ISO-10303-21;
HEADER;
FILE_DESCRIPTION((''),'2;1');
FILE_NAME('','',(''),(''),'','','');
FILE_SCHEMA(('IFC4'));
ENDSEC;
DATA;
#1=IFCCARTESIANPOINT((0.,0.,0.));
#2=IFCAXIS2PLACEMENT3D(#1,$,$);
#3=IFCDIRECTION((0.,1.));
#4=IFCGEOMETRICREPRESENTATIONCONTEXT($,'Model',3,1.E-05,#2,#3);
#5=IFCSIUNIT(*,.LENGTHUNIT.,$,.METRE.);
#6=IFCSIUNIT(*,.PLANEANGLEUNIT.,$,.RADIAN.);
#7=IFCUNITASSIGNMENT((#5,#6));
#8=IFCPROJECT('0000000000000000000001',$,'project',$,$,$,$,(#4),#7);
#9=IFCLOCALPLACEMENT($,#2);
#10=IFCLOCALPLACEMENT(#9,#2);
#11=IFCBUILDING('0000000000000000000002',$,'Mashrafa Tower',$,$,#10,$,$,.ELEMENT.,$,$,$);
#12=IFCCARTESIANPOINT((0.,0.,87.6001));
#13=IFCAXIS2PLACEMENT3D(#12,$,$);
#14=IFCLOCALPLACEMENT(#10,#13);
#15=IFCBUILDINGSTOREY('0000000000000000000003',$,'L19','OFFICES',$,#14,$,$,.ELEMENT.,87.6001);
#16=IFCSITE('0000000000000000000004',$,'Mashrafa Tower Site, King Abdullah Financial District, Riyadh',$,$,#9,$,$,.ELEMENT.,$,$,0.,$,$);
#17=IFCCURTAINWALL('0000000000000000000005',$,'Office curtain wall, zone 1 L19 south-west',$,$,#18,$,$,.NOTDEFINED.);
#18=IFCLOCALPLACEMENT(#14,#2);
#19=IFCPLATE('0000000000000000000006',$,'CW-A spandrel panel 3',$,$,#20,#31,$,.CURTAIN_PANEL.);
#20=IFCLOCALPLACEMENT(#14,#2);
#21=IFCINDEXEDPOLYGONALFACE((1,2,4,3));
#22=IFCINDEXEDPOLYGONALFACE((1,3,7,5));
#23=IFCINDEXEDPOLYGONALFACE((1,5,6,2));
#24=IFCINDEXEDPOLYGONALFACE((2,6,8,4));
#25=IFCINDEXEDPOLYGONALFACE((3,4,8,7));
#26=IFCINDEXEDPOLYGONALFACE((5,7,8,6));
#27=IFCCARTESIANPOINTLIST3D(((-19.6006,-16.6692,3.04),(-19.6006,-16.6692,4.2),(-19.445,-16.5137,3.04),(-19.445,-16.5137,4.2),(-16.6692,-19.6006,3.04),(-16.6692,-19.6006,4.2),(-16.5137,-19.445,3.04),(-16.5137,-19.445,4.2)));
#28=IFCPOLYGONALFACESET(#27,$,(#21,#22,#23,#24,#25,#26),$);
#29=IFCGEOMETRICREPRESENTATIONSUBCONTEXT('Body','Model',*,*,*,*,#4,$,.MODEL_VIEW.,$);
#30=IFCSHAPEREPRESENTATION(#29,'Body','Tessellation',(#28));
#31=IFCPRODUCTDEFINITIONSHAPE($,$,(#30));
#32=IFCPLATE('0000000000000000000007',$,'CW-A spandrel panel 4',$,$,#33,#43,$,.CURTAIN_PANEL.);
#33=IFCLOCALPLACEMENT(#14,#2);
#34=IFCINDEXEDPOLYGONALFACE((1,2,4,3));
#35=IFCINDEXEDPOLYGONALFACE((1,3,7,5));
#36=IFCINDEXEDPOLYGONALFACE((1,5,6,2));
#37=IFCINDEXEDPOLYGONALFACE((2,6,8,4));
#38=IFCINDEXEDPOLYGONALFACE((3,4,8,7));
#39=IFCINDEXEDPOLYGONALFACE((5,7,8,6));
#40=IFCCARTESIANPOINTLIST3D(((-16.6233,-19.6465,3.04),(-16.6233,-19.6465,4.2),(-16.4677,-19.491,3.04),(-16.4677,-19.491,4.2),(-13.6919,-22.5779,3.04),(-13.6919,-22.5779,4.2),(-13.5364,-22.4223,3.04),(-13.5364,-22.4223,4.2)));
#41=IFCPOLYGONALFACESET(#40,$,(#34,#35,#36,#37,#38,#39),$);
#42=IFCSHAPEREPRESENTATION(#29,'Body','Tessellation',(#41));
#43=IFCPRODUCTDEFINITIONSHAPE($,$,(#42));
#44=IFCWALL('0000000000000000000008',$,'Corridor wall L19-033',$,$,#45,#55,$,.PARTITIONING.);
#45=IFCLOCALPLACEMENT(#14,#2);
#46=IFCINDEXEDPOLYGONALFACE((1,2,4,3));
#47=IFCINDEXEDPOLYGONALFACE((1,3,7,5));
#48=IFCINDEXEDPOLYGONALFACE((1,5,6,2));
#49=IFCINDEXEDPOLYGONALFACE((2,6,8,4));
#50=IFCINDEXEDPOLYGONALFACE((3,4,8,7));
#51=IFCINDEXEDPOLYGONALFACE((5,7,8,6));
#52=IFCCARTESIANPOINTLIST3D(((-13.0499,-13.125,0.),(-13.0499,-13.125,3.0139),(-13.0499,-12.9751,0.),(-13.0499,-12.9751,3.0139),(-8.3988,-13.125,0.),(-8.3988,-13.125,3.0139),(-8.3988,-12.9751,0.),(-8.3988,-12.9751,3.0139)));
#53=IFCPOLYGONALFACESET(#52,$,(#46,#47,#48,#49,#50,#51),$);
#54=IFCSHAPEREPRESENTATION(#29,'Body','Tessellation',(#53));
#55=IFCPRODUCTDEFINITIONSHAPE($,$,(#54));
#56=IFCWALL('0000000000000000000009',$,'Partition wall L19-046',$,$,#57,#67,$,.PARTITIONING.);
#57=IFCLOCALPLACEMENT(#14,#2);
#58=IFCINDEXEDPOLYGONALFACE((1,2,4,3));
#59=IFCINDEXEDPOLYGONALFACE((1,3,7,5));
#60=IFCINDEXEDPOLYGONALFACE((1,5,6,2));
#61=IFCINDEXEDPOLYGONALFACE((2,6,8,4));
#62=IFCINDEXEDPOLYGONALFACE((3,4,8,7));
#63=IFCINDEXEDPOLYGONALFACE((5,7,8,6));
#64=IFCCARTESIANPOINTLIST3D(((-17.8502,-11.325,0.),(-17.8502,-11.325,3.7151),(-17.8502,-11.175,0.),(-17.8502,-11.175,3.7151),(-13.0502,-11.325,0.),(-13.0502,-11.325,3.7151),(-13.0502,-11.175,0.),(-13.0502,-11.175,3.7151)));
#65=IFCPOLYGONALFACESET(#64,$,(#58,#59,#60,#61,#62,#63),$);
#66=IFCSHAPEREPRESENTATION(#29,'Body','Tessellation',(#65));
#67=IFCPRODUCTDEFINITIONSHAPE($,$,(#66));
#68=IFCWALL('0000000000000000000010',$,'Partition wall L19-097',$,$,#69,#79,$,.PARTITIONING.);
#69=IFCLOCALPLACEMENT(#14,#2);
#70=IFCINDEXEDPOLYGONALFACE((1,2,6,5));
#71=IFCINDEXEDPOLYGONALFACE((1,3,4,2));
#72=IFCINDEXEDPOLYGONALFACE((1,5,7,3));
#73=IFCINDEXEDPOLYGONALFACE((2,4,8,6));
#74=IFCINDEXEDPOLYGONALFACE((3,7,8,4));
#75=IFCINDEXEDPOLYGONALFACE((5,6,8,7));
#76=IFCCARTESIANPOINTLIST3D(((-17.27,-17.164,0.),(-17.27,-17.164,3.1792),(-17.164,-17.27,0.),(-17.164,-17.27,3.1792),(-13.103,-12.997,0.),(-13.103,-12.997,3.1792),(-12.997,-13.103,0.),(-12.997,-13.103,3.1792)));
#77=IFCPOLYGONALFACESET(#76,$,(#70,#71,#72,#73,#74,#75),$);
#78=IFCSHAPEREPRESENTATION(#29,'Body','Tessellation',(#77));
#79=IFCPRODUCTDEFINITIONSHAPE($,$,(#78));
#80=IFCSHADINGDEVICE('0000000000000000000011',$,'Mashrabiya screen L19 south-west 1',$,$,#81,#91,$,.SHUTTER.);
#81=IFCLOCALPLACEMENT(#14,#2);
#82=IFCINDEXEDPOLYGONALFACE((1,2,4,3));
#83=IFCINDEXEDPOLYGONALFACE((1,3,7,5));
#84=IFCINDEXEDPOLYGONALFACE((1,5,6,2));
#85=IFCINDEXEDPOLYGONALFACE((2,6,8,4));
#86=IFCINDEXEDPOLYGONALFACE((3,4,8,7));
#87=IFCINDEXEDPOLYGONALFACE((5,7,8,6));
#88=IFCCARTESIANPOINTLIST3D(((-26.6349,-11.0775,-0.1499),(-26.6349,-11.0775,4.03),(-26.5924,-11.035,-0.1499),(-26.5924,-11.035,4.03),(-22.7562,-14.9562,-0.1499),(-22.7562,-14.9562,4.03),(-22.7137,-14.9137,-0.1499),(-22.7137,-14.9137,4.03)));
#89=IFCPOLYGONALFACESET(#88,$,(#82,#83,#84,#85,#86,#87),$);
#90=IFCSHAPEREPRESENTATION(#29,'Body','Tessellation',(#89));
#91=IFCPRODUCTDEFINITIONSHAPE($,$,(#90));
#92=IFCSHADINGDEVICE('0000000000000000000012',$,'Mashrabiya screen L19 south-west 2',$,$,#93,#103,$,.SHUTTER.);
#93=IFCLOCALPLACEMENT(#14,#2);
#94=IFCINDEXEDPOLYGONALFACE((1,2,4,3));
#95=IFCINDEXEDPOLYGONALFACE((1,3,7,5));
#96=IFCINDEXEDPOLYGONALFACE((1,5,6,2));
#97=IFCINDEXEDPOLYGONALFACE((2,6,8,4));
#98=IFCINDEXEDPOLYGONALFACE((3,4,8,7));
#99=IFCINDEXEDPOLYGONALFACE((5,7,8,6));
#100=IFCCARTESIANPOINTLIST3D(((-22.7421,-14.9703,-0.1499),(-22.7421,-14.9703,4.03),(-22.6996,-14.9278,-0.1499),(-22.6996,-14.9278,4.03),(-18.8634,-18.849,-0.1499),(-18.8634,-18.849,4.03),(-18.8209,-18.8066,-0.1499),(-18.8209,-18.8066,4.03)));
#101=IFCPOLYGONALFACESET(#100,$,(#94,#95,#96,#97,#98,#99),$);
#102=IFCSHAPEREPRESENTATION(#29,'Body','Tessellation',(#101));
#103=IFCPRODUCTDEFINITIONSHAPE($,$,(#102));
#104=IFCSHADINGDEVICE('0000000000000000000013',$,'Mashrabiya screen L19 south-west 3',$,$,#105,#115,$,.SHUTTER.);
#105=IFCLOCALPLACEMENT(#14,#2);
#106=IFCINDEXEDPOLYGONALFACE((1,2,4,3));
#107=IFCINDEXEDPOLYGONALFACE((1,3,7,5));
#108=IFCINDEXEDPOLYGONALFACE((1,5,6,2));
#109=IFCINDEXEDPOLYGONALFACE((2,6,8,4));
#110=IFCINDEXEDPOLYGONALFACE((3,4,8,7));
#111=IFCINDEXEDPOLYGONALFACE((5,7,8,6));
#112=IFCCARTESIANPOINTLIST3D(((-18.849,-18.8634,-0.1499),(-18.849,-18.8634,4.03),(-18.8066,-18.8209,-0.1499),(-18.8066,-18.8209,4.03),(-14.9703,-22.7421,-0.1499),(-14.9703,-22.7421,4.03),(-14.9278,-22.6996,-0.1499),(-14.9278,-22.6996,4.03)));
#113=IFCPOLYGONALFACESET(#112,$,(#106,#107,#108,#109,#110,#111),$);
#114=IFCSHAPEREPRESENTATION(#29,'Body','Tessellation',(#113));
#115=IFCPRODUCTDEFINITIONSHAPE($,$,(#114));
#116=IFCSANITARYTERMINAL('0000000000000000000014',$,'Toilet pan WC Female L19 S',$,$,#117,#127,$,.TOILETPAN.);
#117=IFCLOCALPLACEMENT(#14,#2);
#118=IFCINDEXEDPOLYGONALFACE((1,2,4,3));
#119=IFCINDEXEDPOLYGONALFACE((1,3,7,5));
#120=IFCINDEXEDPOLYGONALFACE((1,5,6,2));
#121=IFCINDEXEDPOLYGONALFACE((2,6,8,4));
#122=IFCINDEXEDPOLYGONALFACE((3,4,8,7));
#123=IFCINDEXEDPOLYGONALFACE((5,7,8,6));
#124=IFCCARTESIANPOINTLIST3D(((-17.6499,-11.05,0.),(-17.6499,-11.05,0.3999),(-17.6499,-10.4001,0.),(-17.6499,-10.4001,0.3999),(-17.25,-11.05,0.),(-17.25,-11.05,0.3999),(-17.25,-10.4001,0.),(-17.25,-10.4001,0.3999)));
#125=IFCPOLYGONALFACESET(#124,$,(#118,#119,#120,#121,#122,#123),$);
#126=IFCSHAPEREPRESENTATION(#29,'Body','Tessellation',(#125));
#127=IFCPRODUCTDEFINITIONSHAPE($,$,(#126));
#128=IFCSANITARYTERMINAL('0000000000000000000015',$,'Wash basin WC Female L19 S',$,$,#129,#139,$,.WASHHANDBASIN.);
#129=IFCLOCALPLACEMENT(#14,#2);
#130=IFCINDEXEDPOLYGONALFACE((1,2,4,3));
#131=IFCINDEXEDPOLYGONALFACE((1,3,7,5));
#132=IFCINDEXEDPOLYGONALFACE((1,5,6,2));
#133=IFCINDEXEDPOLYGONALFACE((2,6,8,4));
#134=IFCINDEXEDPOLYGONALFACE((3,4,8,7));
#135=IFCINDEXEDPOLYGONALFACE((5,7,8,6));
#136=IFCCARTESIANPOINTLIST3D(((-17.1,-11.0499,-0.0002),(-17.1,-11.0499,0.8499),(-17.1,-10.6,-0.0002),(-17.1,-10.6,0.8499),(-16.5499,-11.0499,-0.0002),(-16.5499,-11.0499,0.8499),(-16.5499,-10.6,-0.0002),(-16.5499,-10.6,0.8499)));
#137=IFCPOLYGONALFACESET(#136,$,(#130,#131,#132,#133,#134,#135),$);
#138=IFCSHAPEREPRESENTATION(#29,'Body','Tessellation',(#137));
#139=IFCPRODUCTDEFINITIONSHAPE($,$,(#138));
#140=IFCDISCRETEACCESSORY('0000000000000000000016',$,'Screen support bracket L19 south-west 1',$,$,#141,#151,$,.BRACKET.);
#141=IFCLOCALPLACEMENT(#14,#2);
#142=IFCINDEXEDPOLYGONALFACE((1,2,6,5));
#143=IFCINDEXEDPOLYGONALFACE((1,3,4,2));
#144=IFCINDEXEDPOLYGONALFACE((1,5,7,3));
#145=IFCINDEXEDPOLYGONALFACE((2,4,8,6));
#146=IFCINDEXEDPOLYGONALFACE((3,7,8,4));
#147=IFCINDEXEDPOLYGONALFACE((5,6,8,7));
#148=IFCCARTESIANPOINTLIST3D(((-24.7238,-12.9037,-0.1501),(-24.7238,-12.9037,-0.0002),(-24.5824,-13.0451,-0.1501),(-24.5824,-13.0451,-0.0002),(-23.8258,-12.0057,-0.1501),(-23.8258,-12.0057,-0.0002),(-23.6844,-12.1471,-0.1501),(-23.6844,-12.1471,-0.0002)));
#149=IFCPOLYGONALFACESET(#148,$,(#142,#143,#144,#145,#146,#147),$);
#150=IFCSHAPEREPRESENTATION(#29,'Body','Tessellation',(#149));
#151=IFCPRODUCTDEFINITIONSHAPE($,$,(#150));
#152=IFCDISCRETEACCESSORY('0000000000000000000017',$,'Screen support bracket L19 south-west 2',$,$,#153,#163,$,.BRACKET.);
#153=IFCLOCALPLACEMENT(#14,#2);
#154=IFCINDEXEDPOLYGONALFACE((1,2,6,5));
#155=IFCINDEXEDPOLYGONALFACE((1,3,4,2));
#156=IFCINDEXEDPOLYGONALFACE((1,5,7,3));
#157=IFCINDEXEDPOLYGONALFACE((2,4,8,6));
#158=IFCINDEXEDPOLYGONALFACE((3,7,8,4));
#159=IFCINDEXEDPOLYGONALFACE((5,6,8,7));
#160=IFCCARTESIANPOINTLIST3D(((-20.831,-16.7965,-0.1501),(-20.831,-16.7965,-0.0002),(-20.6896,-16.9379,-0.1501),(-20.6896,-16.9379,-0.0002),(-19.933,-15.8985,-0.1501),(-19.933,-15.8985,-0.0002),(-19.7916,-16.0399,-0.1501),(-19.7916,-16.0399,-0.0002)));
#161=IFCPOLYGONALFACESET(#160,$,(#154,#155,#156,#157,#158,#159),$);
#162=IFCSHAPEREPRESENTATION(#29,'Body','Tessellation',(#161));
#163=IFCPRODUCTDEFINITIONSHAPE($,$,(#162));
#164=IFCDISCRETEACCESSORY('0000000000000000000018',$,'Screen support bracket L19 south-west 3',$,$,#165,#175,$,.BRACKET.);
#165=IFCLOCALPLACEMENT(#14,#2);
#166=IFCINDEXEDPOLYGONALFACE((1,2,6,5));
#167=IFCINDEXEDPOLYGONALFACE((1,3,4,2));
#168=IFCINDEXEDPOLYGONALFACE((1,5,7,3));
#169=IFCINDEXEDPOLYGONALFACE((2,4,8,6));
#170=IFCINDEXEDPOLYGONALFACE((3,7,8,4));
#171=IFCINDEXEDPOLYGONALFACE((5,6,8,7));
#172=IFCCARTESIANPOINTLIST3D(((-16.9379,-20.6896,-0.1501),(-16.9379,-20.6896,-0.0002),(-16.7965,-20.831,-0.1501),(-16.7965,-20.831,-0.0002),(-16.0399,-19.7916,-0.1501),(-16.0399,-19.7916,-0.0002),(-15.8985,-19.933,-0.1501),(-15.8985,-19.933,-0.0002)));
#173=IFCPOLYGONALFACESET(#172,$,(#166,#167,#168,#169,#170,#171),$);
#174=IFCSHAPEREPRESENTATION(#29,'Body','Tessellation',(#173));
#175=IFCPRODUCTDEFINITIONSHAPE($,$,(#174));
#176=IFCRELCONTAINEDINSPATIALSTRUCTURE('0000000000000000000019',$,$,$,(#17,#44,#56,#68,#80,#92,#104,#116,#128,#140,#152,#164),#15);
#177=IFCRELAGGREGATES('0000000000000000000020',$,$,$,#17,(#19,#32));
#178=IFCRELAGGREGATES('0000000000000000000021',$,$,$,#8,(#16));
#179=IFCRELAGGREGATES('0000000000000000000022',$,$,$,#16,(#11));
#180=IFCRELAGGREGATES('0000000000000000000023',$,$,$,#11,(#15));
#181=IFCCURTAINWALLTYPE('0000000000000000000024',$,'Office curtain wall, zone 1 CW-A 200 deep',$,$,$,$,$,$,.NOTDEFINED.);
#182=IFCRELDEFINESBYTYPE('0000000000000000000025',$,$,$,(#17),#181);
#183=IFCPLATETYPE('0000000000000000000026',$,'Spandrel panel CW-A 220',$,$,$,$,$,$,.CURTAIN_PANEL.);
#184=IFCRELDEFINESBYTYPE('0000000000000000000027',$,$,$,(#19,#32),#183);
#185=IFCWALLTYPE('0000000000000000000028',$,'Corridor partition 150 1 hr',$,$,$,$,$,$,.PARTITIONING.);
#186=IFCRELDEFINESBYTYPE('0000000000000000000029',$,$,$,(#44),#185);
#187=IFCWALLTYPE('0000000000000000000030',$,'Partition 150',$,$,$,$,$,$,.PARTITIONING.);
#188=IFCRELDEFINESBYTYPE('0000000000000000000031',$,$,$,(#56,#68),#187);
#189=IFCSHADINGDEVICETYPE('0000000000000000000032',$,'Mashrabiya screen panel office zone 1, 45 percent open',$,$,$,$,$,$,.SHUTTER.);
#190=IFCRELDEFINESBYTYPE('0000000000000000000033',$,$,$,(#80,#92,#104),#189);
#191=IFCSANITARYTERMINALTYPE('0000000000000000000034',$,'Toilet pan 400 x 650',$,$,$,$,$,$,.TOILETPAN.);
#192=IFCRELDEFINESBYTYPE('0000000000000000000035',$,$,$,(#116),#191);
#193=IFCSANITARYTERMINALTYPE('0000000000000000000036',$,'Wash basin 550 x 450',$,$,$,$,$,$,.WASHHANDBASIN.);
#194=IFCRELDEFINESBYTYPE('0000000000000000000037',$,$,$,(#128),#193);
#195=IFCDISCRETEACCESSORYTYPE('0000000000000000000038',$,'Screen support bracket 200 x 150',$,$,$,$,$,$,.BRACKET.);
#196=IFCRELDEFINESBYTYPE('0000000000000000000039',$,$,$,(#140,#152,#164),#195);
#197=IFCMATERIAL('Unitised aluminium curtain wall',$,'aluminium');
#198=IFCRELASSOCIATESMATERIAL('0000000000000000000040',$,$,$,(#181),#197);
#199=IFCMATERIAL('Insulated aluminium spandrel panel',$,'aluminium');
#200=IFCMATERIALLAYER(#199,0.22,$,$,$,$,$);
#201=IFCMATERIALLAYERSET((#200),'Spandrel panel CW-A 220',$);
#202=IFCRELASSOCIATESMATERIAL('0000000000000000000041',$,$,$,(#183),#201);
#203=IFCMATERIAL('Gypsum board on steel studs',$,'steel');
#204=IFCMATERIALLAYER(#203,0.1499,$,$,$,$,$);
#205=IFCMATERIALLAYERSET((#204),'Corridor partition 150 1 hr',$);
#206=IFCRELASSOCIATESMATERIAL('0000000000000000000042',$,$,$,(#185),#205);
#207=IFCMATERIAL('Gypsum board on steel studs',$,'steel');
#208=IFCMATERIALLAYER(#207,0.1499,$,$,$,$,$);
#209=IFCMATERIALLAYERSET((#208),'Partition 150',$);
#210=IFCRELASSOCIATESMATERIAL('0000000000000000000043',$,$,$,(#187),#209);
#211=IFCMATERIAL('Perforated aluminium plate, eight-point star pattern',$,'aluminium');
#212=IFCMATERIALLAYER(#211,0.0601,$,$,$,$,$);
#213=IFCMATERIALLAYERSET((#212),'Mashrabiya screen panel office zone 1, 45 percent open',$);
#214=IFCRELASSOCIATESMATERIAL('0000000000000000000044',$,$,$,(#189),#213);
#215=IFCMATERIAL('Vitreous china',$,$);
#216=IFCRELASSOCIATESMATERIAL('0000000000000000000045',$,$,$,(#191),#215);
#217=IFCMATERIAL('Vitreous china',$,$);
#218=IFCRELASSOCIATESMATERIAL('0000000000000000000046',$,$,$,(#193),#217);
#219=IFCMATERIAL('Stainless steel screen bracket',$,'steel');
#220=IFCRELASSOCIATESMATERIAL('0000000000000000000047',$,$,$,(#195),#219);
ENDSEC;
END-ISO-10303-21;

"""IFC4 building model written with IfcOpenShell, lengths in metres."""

from ifc_helpers import new_model, si_unit, direction, frame, frame_2d, origin, origin_2d, place, context, subcontext, project, spatial, rectangle, extrude, source, transform, mapped, material, layer, layer_set, type_object, type_shapes, element, aggregate, save


model = new_model("IFC4")

# Units and contexts
model_context = context("Model", 3, precision=1e-05, world=origin(), true_north=direction((0.0, 1.0)))
body_context = subcontext(model_context, "Body", "Model", "MODEL_VIEW")
ifc_project = project(units=[si_unit("LENGTHUNIT", "METRE"), si_unit("PLANEANGLEUNIT", "RADIAN")], contexts=[model_context])

# Site, building, storey
site_placement = place(None, origin())
site = spatial("IfcSite", under=ifc_project, at=site_placement, Name="Mashrafa Tower Site, King Abdullah Financial District, Riyadh", CompositionType="ELEMENT", RefElevation=0.0)
building_placement = place(site_placement, origin())
building = spatial("IfcBuilding", under=site, at=building_placement, Name="Mashrafa Tower", CompositionType="ELEMENT")
storey_placement = place(building_placement, frame((0.0, 0.0, 87.6001)))
storey = spatial("IfcBuildingStorey", under=building, at=storey_placement, Name="L19", Description="OFFICES", CompositionType="ELEMENT", Elevation=87.6001)

# Curtain wall, plates
ifc_material_1 = material(Name="Unitised aluminium curtain wall", Category="aluminium")
curtain_wall_type = type_object("IfcCurtainWallType", Name="Office curtain wall, zone 1 CW-A 200 deep", PredefinedType="NOTDEFINED", material=ifc_material_1)
curtain_wall_placement = place(storey_placement, origin())
curtain_wall = element("IfcCurtainWall", 1, at=curtain_wall_placement, inside=storey, type_object=curtain_wall_type, Name="Office curtain wall, zone 1 L19 south-west", PredefinedType="NOTDEFINED")
ifc_material_2 = material(Name="Insulated aluminium spandrel panel", Category="aluminium")
ifc_layer_1 = layer(ifc_material_2, 0.22)
ifc_layer_set_1 = layer_set([ifc_layer_1], Name="Spandrel panel CW-A 220")
plate_type_1 = type_object("IfcPlateType", Name="Spandrel panel CW-A 220", PredefinedType="CURTAIN_PANEL", material=ifc_layer_set_1)
shared_shape_1 = source(origin(), body_context, "Body", "SweptSolid", [
    extrude(rectangle(XDim=4.1455, YDim=0.22, at=origin_2d()), origin(), (0.0, 0.0, 1.0), 1.1599),
])
plate_1_placement = place(storey_placement, frame((-18.0571, -18.0571, 3.04), z_axis=(0.0, 0.0, 1.0), x_axis=(0.707107, -0.707107, 0.0)))
plate_1 = element("IfcPlate", 2, at=plate_1_placement, type_object=plate_type_1, Name="CW-A spandrel panel 3", PredefinedType="CURTAIN_PANEL", context=body_context, shape_type="MappedRepresentation", body=[
    mapped(shared_shape_1, transform((0.0, 0.0, 0.0))),
])
plate_2_placement = place(storey_placement, frame((-15.0798, -21.0344, 3.04), z_axis=(0.0, 0.0, 1.0), x_axis=(0.707107, -0.707107, 0.0)))
plate_2 = element("IfcPlate", 3, at=plate_2_placement, type_object=plate_type_1, Name="CW-A spandrel panel 4", PredefinedType="CURTAIN_PANEL", context=body_context, shape_type="MappedRepresentation", body=[
    mapped(shared_shape_1, transform((0.0, 0.0, 0.0))),
])
aggregate(curtain_wall, [plate_1, plate_2])

# Walls
ifc_material_3 = material(Name="Gypsum board on steel studs", Category="steel")
ifc_layer_2 = layer(ifc_material_3, 0.1499)
ifc_layer_set_2 = layer_set([ifc_layer_2], Name="Corridor partition 150 1 hr")
wall_type_1 = type_object("IfcWallType", Name="Corridor partition 150 1 hr", PredefinedType="PARTITIONING", material=ifc_layer_set_2)
wall_1_placement = place(storey_placement, frame((-13.05, -13.05, 0.0), z_axis=(0.0, 0.0, 1.0), x_axis=(1.0, 0.0, 0.0)))
element("IfcWall", 4, at=wall_1_placement, inside=storey, type_object=wall_type_1, Name="Corridor wall L19-033", PredefinedType="PARTITIONING", context=body_context, shape_type="SweptSolid", body=[
    extrude(rectangle(XDim=4.6511, YDim=0.1499, at=frame_2d((2.3257, 0.0))), origin(), (0.0, 0.0, 1.0), 3.0139),
])
ifc_material_4 = material(Name="Gypsum board on steel studs", Category="steel")
ifc_layer_3 = layer(ifc_material_4, 0.1499)
ifc_layer_set_3 = layer_set([ifc_layer_3], Name="Partition 150")
wall_type_2 = type_object("IfcWallType", Name="Partition 150", PredefinedType="PARTITIONING", material=ifc_layer_set_3)
wall_2_placement = place(storey_placement, frame((-17.8501, -11.25, 0.0), z_axis=(0.0, 0.0, 1.0), x_axis=(1.0, 0.0, 0.0)))
element("IfcWall", 5, at=wall_2_placement, inside=storey, type_object=wall_type_2, Name="Partition wall L19-046", PredefinedType="PARTITIONING", context=body_context, shape_type="SweptSolid", body=[
    extrude(rectangle(XDim=4.8, YDim=0.1499, at=frame_2d((2.3999, 0.0))), origin(), (0.0, 0.0, 1.0), 3.7151),
])
wall_3_placement = place(storey_placement, frame((-17.217, -17.217, 0.0), z_axis=(0.0, 0.0, 1.0), x_axis=(0.707107, 0.707107, 0.0)))
element("IfcWall", 6, at=wall_3_placement, inside=storey, type_object=wall_type_2, Name="Partition wall L19-097", PredefinedType="PARTITIONING", context=body_context, shape_type="SweptSolid", body=[
    extrude(rectangle(XDim=5.8931, YDim=0.1499, at=frame_2d((2.9465, 0.0))), origin(), (0.0, 0.0, 1.0), 3.1792),
])

# Shading devices
ifc_material_5 = material(Name="Perforated aluminium plate, eight-point star pattern", Category="aluminium")
ifc_layer_4 = layer(ifc_material_5, 0.0601)
ifc_layer_set_4 = layer_set([ifc_layer_4], Name="Mashrabiya screen panel office zone 1, 45 percent open")
shading_device_type = type_object("IfcShadingDeviceType", Name="Mashrabiya screen panel office zone 1, 45 percent open", PredefinedType="SHUTTER", material=ifc_layer_set_4)
shared_shape_2 = source(origin(), body_context, "Body", "SweptSolid", [
    extrude(rectangle(XDim=5.4854, YDim=0.0601, at=origin_2d()), origin(), (0.0, 0.0, 1.0), 4.1799),
])
type_shapes(shading_device_type, [shared_shape_2])
for number, where, z_axis, x_axis, name in (
    (7, (-24.6743, -12.9956, -0.1499), (0.0, 0.0, 1.0), (0.707107, -0.707107, 0.0), "Mashrabiya screen L19 south-west 1"),
    (8, (-20.7815, -16.8884, -0.1499), (0.0, 0.0, 1.0), (0.707107, -0.707107, 0.0), "Mashrabiya screen L19 south-west 2"),
    (9, (-16.8884, -20.7815, -0.1499), (0.0, 0.0, 1.0), (0.707107, -0.707107, 0.0), "Mashrabiya screen L19 south-west 3"),
):
    element("IfcShadingDevice", number, at=place(storey_placement, frame(where, z_axis=z_axis, x_axis=x_axis)), inside=storey, type_object=shading_device_type, Name=name, PredefinedType="SHUTTER", context=body_context, shape_type="MappedRepresentation", body=[
        mapped(shared_shape_2, transform((0.0, 0.0, 0.0))),
    ])

# Sanitary terminals
ifc_material_6 = material(Name="Vitreous china")
sanitary_terminal_type_1 = type_object("IfcSanitaryTerminalType", Name="Toilet pan 400 x 650", PredefinedType="TOILETPAN", material=ifc_material_6)
sanitary_terminal_1_placement = place(storey_placement, frame((-17.45, -10.7251, 0.0), z_axis=(0.0, 0.0, 1.0), x_axis=(1.0, 0.0, 0.0)))
element("IfcSanitaryTerminal", 10, at=sanitary_terminal_1_placement, inside=storey, type_object=sanitary_terminal_type_1, Name="Toilet pan WC Female L19 S", PredefinedType="TOILETPAN", context=body_context, shape_type="SweptSolid", body=[
    extrude(rectangle(XDim=0.3999, YDim=0.6499, at=origin_2d()), origin(), (0.0, 0.0, 1.0), 0.3999),
])
ifc_material_7 = material(Name="Vitreous china")
sanitary_terminal_type_2 = type_object("IfcSanitaryTerminalType", Name="Wash basin 550 x 450", PredefinedType="WASHHANDBASIN", material=ifc_material_7)
sanitary_terminal_2_placement = place(storey_placement, frame((-16.825, -10.825, -0.0002), z_axis=(0.0, 0.0, 1.0), x_axis=(1.0, 0.0, 0.0)))
element("IfcSanitaryTerminal", 11, at=sanitary_terminal_2_placement, inside=storey, type_object=sanitary_terminal_type_2, Name="Wash basin WC Female L19 S", PredefinedType="WASHHANDBASIN", context=body_context, shape_type="SweptSolid", body=[
    extrude(rectangle(XDim=0.55, YDim=0.45, at=origin_2d()), origin(), (0.0, 0.0, 1.0), 0.8501),
])

# Discrete accessories
ifc_material_8 = material(Name="Stainless steel screen bracket", Category="steel")
discrete_accessory_type = type_object("IfcDiscreteAccessoryType", Name="Screen support bracket 200 x 150", PredefinedType="BRACKET", material=ifc_material_8)
shared_shape_3 = source(origin(), body_context, "Body", "SweptSolid", [
    extrude(rectangle(XDim=0.2, YDim=1.27, at=origin_2d()), origin(), (0.0, 0.0, 1.0), 0.1499),
])
type_shapes(discrete_accessory_type, [shared_shape_3])
for number, where, z_axis, x_axis, name in (
    (12, (-24.2041, -12.5254, -0.1501), (0.0, 0.0, 1.0), (0.707107, -0.707107, 0.0), "Screen support bracket L19 south-west 1"),
    (13, (-20.3113, -16.4182, -0.1501), (0.0, 0.0, 1.0), (0.707107, -0.707107, 0.0), "Screen support bracket L19 south-west 2"),
    (14, (-16.4182, -20.3113, -0.1501), (0.0, 0.0, 1.0), (0.707107, -0.707107, 0.0), "Screen support bracket L19 south-west 3"),
):
    element("IfcDiscreteAccessory", number, at=place(storey_placement, frame(where, z_axis=z_axis, x_axis=x_axis)), inside=storey, type_object=discrete_accessory_type, Name=name, PredefinedType="BRACKET", context=body_context, shape_type="MappedRepresentation", body=[
        mapped(shared_shape_3, transform((0.0, 0.0, 0.0))),
    ])

save(model, "model.ifc")
